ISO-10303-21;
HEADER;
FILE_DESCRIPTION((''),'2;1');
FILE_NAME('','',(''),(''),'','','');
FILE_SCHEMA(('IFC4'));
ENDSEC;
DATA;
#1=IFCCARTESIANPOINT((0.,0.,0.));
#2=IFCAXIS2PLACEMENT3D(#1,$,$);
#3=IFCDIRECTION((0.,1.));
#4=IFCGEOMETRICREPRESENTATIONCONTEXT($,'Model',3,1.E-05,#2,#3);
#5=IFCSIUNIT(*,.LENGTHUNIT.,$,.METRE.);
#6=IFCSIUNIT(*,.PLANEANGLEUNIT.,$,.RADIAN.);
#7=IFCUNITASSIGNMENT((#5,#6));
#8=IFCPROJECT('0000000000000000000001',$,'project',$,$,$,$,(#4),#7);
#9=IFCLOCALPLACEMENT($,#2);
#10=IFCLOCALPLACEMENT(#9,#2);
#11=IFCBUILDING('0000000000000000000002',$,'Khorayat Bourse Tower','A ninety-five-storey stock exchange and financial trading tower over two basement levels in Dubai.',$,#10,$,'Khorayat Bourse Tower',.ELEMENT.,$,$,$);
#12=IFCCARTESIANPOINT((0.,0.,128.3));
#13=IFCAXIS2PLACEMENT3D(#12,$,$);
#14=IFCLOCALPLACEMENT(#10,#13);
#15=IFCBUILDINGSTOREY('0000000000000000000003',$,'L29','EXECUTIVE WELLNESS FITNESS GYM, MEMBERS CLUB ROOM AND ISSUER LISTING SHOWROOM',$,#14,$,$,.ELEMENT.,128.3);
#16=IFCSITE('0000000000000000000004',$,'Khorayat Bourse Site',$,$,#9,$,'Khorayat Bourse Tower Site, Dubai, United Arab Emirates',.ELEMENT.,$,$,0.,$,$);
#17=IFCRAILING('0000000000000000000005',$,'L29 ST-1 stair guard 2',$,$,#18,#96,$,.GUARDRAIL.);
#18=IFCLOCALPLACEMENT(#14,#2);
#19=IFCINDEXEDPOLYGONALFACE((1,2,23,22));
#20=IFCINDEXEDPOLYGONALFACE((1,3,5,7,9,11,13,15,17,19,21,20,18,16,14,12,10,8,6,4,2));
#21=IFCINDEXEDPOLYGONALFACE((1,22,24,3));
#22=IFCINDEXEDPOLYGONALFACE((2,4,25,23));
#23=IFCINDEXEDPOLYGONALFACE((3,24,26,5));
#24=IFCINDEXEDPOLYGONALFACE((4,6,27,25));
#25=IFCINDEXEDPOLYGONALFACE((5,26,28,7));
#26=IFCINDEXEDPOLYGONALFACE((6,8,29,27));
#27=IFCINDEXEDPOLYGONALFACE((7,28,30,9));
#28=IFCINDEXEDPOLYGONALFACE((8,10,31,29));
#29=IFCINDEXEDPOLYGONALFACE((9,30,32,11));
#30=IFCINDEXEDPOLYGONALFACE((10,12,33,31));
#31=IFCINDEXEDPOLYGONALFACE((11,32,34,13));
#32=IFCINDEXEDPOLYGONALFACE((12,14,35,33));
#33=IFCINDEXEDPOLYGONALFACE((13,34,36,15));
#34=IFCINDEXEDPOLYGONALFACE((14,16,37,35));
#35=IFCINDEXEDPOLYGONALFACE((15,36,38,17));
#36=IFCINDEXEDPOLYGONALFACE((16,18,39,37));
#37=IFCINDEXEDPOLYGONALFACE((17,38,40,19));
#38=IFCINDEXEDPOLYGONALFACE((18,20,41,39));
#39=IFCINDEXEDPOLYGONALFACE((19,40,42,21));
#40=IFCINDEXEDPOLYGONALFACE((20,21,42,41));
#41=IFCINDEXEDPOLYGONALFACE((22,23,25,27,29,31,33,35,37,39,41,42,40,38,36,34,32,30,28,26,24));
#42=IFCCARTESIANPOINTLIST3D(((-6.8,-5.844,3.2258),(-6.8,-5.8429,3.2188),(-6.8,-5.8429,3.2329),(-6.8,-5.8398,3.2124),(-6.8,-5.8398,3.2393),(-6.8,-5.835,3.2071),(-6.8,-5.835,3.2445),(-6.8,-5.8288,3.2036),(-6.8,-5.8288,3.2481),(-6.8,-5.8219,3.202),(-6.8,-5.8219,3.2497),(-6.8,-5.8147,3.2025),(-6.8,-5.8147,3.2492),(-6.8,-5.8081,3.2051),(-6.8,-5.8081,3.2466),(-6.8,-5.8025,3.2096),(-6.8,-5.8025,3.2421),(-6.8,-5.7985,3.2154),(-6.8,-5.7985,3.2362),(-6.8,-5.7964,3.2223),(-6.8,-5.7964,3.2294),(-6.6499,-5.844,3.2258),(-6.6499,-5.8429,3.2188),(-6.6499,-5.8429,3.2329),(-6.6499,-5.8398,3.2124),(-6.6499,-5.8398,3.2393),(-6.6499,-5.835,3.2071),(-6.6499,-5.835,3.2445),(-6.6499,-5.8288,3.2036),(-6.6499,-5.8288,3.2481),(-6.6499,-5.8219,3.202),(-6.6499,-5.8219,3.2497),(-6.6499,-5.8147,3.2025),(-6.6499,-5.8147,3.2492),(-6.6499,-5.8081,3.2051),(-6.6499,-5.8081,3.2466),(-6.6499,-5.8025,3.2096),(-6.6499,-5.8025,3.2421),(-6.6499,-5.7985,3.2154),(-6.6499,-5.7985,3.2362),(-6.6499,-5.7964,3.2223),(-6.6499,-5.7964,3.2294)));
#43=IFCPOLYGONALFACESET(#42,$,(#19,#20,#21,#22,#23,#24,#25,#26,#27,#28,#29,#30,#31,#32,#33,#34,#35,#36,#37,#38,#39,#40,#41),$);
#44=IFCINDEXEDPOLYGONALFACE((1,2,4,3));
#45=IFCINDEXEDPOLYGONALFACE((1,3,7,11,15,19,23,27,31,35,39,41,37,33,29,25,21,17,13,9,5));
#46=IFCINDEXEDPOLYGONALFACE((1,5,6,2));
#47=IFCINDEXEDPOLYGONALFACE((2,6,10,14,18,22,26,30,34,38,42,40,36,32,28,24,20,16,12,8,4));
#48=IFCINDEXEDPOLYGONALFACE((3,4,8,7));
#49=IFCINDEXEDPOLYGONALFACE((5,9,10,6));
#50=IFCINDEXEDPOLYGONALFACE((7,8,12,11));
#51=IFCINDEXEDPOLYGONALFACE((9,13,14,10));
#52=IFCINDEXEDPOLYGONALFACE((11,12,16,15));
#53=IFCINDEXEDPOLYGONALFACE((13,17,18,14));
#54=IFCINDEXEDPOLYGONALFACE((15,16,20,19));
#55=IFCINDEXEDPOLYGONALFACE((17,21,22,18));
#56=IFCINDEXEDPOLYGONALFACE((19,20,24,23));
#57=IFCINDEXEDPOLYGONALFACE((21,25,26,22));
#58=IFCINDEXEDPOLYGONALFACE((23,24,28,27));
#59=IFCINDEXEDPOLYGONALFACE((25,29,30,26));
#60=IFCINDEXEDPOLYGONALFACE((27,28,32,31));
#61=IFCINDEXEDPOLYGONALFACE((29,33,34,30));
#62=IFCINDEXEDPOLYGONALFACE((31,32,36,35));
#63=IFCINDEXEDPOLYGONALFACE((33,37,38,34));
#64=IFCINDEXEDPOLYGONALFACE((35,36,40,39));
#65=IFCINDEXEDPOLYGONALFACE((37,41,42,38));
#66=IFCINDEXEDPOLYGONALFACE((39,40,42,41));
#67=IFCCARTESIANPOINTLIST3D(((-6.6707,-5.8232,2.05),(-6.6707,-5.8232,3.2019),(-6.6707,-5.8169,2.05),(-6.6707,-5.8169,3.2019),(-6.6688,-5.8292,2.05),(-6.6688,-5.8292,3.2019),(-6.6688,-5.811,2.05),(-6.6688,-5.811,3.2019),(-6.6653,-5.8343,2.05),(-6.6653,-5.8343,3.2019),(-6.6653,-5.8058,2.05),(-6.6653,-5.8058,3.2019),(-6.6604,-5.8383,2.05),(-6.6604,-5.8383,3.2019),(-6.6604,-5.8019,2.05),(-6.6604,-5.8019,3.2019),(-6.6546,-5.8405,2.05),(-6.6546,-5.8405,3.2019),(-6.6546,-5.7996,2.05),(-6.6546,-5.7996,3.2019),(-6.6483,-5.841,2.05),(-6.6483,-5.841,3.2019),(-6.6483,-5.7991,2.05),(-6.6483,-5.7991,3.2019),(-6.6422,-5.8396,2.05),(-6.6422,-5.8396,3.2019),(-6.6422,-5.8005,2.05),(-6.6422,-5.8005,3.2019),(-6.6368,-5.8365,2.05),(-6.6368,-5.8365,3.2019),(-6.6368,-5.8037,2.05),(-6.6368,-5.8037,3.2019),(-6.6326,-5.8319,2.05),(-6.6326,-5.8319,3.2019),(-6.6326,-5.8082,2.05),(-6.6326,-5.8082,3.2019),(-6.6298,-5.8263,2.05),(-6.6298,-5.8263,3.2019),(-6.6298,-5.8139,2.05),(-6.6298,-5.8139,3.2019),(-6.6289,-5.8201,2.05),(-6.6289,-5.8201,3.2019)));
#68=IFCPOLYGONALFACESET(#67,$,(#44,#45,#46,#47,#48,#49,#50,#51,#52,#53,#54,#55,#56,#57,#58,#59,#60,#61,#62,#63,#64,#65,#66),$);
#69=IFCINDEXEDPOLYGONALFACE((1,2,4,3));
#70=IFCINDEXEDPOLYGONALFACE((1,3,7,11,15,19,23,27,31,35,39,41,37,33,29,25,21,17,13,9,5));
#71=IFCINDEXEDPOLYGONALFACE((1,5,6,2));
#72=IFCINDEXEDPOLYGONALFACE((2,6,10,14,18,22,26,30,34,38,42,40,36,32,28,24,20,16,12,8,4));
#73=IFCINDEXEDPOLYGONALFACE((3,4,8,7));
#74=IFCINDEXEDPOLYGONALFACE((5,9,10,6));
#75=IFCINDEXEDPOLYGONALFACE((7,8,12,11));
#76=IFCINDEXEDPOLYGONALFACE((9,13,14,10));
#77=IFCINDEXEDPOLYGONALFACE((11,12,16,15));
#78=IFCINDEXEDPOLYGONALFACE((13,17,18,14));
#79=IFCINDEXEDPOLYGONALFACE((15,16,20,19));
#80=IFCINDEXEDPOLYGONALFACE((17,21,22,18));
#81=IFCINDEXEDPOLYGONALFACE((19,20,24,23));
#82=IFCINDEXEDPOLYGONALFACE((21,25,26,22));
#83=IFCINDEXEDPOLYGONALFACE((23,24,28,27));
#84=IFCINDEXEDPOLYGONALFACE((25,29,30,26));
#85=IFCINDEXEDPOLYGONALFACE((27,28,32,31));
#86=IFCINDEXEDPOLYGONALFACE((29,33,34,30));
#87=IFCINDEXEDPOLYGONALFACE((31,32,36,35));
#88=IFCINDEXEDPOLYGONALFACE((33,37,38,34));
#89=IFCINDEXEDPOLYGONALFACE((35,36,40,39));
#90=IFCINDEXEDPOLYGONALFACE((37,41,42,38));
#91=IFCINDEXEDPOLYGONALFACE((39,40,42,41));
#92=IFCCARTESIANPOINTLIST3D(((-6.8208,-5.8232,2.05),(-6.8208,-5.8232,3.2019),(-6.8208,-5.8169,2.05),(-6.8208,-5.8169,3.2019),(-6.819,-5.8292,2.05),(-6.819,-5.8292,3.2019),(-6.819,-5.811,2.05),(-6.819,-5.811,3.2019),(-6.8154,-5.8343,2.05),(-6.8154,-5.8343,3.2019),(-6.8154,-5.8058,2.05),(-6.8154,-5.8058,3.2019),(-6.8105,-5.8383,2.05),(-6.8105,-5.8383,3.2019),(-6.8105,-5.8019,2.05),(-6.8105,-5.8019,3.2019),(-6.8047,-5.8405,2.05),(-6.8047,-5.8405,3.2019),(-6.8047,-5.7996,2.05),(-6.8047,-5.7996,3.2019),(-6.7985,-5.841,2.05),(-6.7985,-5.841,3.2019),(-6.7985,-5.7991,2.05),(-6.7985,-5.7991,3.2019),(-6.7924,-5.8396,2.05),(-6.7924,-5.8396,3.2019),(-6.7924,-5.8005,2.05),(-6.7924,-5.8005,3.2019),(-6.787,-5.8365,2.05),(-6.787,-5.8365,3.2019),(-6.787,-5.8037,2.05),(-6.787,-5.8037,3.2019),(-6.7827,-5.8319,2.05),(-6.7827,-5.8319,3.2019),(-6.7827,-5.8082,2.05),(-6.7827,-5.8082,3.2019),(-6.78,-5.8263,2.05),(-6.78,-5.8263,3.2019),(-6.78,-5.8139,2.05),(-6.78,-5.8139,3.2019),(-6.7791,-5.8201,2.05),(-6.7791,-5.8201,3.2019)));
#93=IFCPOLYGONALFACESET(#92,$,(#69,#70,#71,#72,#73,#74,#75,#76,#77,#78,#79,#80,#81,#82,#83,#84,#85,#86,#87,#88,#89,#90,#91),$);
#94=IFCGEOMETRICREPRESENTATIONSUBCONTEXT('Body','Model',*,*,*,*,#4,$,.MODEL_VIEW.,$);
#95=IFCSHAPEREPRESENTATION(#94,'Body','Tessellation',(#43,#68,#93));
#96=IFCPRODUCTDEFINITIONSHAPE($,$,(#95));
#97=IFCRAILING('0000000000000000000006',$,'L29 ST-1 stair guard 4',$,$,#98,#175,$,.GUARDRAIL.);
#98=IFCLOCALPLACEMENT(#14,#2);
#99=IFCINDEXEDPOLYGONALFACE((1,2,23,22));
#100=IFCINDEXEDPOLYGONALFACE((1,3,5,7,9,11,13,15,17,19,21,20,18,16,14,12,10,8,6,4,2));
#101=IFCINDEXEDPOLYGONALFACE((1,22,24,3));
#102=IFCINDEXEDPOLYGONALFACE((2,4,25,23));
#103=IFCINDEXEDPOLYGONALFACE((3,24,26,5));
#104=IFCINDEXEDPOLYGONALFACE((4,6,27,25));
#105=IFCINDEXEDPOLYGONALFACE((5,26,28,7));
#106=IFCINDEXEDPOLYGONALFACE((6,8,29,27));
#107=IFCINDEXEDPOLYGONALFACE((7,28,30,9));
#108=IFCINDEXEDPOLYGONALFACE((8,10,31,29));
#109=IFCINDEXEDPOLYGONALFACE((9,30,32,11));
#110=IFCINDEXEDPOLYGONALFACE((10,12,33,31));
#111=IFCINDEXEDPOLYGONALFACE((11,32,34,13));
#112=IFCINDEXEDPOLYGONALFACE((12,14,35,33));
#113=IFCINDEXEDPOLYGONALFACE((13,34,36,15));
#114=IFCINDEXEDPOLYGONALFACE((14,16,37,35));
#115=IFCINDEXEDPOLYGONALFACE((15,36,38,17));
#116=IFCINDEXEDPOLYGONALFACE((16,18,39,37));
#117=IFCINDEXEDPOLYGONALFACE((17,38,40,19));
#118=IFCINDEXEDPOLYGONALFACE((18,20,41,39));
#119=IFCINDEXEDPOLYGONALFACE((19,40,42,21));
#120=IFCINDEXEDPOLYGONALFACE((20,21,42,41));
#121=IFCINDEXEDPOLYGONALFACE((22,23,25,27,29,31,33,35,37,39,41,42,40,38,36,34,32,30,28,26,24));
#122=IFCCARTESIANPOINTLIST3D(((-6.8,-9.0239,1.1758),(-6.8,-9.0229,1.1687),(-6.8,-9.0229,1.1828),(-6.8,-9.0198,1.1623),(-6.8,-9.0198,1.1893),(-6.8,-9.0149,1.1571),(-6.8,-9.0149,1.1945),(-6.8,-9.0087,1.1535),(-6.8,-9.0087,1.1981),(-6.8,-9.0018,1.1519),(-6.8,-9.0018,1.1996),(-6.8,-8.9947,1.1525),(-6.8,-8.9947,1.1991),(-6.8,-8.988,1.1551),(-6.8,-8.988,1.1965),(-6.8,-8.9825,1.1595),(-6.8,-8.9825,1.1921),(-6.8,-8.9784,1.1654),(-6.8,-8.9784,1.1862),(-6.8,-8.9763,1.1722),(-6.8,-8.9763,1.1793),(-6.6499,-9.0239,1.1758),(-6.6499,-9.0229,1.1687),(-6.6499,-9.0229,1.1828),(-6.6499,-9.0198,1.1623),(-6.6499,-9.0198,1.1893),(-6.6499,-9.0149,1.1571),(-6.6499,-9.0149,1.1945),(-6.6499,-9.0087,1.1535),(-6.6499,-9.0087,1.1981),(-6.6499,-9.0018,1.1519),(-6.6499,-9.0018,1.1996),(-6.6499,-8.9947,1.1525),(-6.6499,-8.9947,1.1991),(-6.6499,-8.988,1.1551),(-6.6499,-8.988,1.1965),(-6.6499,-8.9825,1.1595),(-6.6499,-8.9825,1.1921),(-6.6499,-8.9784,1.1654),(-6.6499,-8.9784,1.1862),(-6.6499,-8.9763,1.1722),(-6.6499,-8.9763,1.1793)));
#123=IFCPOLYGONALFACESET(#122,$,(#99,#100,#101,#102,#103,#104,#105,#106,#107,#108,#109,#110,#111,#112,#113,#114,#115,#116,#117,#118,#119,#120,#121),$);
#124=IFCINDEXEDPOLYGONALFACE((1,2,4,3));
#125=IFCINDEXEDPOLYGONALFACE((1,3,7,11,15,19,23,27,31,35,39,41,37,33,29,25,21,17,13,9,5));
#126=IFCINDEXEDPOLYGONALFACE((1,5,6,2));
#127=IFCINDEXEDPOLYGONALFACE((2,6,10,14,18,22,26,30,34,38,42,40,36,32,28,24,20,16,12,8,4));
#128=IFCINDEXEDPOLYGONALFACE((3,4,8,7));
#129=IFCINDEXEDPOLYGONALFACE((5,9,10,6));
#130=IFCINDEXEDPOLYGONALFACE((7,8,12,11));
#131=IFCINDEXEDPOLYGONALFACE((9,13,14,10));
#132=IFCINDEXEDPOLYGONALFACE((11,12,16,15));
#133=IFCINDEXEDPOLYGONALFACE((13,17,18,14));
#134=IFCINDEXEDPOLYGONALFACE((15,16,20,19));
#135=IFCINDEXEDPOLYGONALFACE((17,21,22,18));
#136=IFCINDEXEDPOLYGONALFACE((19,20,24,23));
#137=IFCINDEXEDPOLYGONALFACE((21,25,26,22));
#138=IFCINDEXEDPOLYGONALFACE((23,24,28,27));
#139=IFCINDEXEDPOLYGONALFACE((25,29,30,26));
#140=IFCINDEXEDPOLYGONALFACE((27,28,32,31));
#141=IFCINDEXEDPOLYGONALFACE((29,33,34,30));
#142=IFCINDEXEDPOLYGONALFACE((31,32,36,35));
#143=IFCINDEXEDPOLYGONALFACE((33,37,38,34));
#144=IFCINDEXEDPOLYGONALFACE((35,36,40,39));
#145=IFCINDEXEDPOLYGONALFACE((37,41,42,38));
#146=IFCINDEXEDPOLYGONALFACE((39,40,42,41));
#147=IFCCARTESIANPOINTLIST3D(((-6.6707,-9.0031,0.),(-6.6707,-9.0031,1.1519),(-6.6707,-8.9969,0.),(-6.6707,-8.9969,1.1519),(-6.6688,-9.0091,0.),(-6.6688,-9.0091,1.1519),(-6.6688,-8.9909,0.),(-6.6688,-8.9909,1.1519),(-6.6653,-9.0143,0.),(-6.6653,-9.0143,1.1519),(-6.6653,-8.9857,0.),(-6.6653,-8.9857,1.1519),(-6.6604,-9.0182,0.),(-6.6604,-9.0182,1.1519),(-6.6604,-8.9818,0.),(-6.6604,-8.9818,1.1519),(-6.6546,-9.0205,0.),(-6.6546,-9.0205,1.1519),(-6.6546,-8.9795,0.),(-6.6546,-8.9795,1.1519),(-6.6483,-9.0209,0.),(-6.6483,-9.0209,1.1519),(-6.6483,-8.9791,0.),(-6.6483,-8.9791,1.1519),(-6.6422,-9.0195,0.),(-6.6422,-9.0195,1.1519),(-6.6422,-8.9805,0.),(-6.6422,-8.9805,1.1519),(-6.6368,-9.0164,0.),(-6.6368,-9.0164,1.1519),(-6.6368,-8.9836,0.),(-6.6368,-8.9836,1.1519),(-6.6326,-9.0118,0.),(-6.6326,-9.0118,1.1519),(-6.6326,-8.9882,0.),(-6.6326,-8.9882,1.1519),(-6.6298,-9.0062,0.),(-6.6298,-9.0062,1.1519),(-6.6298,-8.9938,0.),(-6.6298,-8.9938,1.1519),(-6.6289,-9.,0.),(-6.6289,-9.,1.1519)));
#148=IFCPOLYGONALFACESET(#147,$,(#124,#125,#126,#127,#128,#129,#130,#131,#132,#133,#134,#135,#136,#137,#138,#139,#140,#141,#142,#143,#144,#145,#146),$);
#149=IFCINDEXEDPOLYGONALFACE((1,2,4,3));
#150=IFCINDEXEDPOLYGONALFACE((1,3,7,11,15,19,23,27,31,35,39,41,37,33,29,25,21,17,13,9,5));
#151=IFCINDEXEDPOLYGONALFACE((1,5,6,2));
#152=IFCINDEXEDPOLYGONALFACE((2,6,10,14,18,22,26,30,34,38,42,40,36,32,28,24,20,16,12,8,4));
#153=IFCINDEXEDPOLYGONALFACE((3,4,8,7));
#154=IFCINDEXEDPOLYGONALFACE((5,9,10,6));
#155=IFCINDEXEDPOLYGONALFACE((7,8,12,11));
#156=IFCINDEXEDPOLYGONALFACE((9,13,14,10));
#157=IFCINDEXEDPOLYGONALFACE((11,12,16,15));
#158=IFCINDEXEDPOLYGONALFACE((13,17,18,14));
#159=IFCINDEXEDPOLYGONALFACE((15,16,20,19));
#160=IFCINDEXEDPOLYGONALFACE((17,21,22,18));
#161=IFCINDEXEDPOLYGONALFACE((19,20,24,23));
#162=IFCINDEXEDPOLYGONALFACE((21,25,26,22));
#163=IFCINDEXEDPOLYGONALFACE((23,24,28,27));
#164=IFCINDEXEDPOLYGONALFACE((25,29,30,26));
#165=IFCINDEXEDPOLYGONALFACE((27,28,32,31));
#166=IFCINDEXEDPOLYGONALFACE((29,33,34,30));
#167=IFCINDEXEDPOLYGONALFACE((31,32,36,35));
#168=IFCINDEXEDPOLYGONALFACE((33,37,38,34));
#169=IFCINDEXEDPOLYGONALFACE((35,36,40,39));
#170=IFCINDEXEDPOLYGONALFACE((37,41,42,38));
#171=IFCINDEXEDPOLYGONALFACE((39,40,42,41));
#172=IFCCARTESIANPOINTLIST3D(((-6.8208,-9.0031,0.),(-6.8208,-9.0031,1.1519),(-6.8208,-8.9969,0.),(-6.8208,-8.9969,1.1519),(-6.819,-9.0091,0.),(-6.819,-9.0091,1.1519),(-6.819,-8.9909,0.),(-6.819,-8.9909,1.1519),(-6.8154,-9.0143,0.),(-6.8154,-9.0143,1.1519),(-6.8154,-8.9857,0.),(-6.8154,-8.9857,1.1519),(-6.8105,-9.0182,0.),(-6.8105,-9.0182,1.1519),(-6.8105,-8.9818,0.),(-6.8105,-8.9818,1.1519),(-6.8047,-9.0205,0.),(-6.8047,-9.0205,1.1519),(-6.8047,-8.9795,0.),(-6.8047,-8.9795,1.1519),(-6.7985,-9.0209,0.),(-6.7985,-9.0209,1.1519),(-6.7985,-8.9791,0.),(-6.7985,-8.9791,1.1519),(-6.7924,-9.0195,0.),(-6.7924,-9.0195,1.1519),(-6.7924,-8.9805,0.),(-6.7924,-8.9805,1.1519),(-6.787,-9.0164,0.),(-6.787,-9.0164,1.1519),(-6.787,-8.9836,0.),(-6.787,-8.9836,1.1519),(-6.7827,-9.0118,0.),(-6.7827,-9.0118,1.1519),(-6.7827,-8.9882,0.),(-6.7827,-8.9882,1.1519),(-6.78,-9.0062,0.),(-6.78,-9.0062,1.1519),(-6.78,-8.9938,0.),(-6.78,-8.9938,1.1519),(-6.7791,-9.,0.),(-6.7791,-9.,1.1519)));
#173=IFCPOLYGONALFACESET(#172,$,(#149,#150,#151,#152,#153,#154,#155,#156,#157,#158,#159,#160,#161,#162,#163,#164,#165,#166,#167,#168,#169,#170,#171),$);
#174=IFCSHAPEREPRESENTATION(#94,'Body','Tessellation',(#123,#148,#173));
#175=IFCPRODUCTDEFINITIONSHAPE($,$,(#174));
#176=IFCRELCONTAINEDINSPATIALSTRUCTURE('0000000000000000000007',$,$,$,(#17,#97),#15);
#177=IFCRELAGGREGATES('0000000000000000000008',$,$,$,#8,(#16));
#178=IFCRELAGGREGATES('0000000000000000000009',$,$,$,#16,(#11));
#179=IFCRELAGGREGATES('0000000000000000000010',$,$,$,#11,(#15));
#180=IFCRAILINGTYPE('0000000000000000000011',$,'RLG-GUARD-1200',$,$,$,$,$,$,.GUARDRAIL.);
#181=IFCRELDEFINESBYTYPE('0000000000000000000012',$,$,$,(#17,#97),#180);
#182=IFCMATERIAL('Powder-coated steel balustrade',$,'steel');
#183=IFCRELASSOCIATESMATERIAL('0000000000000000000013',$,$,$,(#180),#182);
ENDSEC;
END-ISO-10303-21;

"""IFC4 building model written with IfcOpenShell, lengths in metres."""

from ifc_helpers import new_model, si_unit, direction, frame, origin, origin_2d, place, context, subcontext, project, spatial, circle, extrude, source, transform, mapped, material, type_object, element, save


model = new_model("IFC4")

# Units and contexts
model_context = context("Model", 3, precision=1e-05, world=origin(), true_north=direction((0.0, 1.0)))
body_context = subcontext(model_context, "Body", "Model", "MODEL_VIEW")
ifc_project = project(units=[si_unit("LENGTHUNIT", "METRE"), si_unit("PLANEANGLEUNIT", "RADIAN")], contexts=[model_context])

# Site, building, storey
site_placement = place(None, origin())
site = spatial("IfcSite", under=ifc_project, at=site_placement, Name="Khorayat Bourse Site", LongName="Khorayat Bourse Tower Site, Dubai, United Arab Emirates", CompositionType="ELEMENT", RefElevation=0.0)
building_placement = place(site_placement, origin())
building = spatial("IfcBuilding", under=site, at=building_placement, Name="Khorayat Bourse Tower", Description="A ninety-five-storey stock exchange and financial trading tower over two basement levels in Dubai.", LongName="Khorayat Bourse Tower", CompositionType="ELEMENT")
storey_placement = place(building_placement, frame((0.0, 0.0, 128.3)))
storey = spatial("IfcBuildingStorey", under=building, at=storey_placement, Name="L29", Description="EXECUTIVE WELLNESS FITNESS GYM, MEMBERS CLUB ROOM AND ISSUER LISTING SHOWROOM", CompositionType="ELEMENT", Elevation=128.3)

# Railings
ifc_material_1 = material(Name="Powder-coated steel balustrade", Category="steel")
railing_type_1 = type_object("IfcRailingType", Name="RLG-GUARD-1200", PredefinedType="GUARDRAIL", material=ifc_material_1)
shared_shape_1 = source(origin(), body_context, "Body", "SweptSolid", [
    extrude(circle(Radius=0.0239, at=origin_2d()), frame((0.0, 0.0, 1.1758), z_axis=(-1.0, 0.0, 0.0), x_axis=(0.0, -1.0, 0.0)), (0.0, 0.0, 1.0), 0.1501),
    extrude(circle(Radius=0.021, at=origin_2d()), origin(), (0.0, 0.0, 1.0), 1.1519),
    extrude(circle(Radius=0.021, at=origin_2d()), frame((-0.1501, 0.0, 0.0)), (0.0, 0.0, 1.0), 1.1519),
])
for number, where, name in (
    (1, (-6.6499, -5.8201, 2.05), "L29 ST-1 stair guard 2"),
    (2, (-6.6499, -9.0, 0.0), "L29 ST-1 stair guard 4"),
):
    element("IfcRailing", number, at=place(storey_placement, frame(where)), inside=storey, type_object=railing_type_1, Name=name, PredefinedType="GUARDRAIL", context=body_context, shape_type="MappedRepresentation", body=[
        mapped(shared_shape_1, transform((0.0, 0.0, 0.0), scale=1.0)),
    ])

save(model, "model.ifc")
